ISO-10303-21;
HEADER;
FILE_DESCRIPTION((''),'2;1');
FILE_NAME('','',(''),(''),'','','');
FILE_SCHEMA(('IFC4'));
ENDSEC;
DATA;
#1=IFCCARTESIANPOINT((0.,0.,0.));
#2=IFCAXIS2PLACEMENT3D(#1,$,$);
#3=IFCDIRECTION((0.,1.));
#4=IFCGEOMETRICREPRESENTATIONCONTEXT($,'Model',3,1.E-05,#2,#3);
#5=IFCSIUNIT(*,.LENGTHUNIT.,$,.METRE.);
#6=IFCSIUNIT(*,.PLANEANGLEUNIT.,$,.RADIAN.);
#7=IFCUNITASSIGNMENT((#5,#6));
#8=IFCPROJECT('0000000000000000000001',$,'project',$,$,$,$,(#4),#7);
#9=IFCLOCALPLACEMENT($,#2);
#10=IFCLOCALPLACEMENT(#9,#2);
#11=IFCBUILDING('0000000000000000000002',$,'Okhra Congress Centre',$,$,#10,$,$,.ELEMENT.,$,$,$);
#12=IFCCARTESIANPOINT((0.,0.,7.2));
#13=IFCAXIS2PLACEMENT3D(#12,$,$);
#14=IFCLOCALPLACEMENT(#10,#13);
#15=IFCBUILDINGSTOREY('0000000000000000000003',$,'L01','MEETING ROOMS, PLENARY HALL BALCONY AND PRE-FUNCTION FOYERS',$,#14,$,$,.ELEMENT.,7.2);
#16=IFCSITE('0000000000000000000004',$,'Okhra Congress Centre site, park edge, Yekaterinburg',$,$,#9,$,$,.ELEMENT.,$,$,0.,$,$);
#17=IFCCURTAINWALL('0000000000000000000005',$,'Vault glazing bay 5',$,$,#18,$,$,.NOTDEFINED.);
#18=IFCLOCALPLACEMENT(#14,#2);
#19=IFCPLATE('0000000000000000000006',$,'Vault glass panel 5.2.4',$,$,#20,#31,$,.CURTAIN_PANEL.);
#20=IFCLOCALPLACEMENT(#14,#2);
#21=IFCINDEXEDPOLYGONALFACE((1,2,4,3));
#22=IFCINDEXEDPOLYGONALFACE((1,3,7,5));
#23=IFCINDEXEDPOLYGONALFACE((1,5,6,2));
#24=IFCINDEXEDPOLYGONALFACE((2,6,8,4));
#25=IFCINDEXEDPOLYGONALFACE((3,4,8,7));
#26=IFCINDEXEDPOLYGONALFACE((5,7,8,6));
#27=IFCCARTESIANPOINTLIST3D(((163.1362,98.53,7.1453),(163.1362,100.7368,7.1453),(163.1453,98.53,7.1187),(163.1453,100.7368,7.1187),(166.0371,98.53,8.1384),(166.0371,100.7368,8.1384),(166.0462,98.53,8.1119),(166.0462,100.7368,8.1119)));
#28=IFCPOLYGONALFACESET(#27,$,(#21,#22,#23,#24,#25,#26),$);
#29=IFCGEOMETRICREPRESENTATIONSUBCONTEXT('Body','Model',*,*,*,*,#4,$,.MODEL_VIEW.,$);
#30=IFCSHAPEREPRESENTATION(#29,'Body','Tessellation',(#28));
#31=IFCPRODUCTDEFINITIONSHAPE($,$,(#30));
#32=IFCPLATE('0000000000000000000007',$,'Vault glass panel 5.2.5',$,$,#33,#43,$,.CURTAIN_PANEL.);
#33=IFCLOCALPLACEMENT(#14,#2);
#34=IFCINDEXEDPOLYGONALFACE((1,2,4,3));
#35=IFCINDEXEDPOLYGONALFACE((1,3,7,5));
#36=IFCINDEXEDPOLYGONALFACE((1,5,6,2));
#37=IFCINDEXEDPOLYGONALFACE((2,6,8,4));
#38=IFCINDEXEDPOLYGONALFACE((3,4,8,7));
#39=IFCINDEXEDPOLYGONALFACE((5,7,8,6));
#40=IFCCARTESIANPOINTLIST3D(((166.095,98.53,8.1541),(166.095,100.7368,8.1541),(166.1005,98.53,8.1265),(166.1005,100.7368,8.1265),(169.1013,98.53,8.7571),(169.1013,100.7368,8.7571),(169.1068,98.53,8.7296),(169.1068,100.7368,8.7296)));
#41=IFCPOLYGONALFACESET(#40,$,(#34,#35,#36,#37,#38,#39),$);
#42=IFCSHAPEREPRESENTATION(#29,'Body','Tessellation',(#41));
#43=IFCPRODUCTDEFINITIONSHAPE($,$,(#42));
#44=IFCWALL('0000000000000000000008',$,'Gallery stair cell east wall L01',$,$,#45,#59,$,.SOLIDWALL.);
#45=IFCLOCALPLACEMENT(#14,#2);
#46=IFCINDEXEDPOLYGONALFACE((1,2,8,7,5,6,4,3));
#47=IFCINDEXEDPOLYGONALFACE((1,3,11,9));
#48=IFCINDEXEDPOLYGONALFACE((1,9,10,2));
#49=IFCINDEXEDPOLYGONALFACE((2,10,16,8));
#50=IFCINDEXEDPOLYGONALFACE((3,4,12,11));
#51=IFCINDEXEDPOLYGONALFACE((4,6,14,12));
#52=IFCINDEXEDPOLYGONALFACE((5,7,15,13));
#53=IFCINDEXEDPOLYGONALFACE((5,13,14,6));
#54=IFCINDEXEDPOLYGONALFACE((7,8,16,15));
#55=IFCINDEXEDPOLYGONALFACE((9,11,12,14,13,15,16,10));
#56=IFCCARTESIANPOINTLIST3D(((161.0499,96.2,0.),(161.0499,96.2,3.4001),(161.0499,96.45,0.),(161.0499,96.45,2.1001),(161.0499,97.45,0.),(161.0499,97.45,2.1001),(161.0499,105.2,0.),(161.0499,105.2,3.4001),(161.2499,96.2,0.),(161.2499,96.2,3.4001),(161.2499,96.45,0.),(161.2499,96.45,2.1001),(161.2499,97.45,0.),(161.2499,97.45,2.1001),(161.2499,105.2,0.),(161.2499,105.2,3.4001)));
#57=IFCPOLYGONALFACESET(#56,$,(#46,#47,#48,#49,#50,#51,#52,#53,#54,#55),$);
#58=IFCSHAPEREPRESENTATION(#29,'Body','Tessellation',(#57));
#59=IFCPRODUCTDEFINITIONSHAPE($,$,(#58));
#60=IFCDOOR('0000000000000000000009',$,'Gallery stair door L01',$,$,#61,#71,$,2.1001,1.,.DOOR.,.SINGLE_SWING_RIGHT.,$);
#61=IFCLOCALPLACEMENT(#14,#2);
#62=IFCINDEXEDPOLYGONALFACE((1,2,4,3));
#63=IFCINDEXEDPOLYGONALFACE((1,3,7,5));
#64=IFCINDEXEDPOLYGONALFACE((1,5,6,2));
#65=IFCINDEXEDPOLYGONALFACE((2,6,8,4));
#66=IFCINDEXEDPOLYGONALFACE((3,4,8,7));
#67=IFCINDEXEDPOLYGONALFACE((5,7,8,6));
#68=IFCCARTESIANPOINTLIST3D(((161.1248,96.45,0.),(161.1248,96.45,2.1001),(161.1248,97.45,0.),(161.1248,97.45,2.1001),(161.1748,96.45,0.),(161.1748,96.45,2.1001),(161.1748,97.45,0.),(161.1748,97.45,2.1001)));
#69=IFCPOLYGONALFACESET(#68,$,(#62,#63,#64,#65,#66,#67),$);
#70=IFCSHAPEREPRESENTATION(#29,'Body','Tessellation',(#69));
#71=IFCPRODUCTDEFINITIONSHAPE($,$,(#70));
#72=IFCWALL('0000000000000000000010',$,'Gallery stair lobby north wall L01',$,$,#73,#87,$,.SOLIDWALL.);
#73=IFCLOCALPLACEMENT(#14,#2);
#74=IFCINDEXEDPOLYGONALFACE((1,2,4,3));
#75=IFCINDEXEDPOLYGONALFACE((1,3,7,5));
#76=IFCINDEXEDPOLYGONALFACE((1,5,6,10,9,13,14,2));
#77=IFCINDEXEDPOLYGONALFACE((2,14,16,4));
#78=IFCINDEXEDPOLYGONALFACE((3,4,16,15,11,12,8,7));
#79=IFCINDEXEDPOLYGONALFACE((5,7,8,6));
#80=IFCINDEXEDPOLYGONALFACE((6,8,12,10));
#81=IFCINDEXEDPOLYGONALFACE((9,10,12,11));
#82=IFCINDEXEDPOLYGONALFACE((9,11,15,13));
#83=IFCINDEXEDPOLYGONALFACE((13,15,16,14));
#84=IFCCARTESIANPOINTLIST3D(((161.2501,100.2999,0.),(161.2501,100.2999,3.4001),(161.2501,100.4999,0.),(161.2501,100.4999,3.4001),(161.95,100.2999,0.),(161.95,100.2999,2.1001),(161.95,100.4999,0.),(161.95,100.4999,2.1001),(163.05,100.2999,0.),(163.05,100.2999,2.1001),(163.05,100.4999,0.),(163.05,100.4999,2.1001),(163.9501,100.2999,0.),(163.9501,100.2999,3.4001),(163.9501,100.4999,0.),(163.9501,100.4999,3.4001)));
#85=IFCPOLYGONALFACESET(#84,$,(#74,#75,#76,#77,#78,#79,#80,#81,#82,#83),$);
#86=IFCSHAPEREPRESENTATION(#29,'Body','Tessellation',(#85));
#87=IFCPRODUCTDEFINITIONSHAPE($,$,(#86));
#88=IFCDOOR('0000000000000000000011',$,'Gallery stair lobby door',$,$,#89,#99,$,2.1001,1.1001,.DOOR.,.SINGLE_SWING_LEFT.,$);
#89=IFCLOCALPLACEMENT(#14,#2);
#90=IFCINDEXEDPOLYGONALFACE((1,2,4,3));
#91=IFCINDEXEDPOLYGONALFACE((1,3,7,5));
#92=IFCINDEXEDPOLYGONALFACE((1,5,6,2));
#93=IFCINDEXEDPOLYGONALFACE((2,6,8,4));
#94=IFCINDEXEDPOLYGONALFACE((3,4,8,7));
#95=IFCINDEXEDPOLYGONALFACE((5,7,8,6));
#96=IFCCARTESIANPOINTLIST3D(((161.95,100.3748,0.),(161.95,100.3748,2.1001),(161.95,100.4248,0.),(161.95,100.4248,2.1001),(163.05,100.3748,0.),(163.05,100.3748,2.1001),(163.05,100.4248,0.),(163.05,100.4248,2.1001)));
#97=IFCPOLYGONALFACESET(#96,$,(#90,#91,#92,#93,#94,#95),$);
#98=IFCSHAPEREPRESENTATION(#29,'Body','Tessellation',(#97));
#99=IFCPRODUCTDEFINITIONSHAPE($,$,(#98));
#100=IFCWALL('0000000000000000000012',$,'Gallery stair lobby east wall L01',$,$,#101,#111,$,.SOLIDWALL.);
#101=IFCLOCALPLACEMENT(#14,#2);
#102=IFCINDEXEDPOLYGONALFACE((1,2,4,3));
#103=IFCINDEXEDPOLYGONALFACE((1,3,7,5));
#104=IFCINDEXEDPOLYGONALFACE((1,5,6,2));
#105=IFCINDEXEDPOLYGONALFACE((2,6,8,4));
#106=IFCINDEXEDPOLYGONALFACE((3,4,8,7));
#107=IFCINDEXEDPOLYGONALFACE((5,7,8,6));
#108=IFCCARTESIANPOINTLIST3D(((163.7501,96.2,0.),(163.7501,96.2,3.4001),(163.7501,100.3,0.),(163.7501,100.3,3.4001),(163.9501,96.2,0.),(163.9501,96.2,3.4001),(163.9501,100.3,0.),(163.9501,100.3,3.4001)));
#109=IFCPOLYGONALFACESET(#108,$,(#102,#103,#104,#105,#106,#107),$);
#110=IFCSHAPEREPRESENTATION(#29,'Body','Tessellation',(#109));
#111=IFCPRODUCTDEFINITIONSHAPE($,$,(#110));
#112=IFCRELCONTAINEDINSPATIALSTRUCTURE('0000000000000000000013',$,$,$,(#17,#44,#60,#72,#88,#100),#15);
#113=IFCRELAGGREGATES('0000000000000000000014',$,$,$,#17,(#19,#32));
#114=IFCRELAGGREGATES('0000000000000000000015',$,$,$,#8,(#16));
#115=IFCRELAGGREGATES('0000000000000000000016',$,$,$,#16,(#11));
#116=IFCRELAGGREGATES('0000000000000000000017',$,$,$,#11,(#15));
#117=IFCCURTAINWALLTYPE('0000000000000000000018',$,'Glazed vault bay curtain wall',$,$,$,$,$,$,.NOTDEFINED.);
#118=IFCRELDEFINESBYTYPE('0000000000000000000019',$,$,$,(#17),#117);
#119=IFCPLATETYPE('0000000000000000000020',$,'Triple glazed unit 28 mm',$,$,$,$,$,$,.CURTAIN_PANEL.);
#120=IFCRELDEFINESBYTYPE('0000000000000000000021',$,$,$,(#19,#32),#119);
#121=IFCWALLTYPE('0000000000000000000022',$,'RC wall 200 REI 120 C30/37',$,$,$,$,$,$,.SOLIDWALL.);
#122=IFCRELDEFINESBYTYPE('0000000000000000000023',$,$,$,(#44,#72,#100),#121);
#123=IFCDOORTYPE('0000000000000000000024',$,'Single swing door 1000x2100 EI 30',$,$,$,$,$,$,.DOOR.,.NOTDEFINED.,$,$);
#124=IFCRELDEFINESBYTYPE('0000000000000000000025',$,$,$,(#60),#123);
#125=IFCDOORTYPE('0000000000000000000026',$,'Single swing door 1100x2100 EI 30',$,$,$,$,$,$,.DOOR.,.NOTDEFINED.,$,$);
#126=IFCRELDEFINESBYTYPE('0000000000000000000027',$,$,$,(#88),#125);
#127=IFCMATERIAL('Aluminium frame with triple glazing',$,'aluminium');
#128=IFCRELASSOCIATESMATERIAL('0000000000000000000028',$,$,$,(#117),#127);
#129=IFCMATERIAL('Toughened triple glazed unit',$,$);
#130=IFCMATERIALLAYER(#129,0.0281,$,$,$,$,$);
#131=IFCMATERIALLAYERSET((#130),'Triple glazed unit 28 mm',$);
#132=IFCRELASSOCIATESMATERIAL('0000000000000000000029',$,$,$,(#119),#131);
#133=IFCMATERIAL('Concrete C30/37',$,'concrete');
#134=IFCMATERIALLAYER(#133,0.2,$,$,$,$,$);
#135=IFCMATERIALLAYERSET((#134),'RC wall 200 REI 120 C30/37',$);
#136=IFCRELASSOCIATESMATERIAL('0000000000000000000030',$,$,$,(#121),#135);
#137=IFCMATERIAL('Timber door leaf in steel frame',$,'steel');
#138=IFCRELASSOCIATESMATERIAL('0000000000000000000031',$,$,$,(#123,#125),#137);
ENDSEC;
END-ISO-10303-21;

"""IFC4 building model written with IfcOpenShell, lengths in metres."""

from ifc_helpers import new_model, si_unit, direction, frame, frame_2d, origin, place, context, subcontext, project, spatial, polyline, rectangle, outline, extrude, material, layer, layer_set, type_object, element, fill, aggregate, save


model = new_model("IFC4")

# Units and contexts
model_context = context("Model", 3, precision=1e-05, world=origin(), true_north=direction((0.0, 1.0)))
body_context = subcontext(model_context, "Body", "Model", "MODEL_VIEW")
ifc_project = project(units=[si_unit("LENGTHUNIT", "METRE"), si_unit("PLANEANGLEUNIT", "RADIAN")], contexts=[model_context])

# Site, building, storey
site_placement = place(None, origin())
site = spatial("IfcSite", under=ifc_project, at=site_placement, Name="Okhra Congress Centre site, park edge, Yekaterinburg", CompositionType="ELEMENT", RefElevation=0.0)
building_placement = place(site_placement, origin())
building = spatial("IfcBuilding", under=site, at=building_placement, Name="Okhra Congress Centre", CompositionType="ELEMENT")
storey_placement = place(building_placement, frame((0.0, 0.0, 7.2)))
storey = spatial("IfcBuildingStorey", under=building, at=storey_placement, Name="L01", Description="MEETING ROOMS, PLENARY HALL BALCONY AND PRE-FUNCTION FOYERS", CompositionType="ELEMENT", Elevation=7.2)

# Curtain wall
ifc_material_1 = material(Name="Aluminium frame with triple glazing", Category="aluminium")
curtain_wall_type = type_object("IfcCurtainWallType", Name="Glazed vault bay curtain wall", PredefinedType="NOTDEFINED", material=ifc_material_1)
curtain_wall_1_placement = place(storey_placement, origin())
curtain_wall_1 = element("IfcCurtainWall", 1, at=curtain_wall_1_placement, inside=storey, type_object=curtain_wall_type, Name="Vault glazing bay 5", PredefinedType="NOTDEFINED")

# Plates
ifc_material_2 = material(Name="Toughened triple glazed unit")
ifc_layer_1 = layer(ifc_material_2, 0.0281)
ifc_layer_set_1 = layer_set([ifc_layer_1], Name="Triple glazed unit 28 mm")
plate_type = type_object("IfcPlateType", Name="Triple glazed unit 28 mm", PredefinedType="CURTAIN_PANEL", material=ifc_layer_set_1)
plate_1_placement = place(storey_placement, frame((163.1362, 98.53, 7.1453), z_axis=(-0.323909, 0.0, 0.946088), x_axis=(0.946088, 0.0, 0.323909)))
plate_1 = element("IfcPlate", 2, at=plate_1_placement, type_object=plate_type, Name="Vault glass panel 5.2.4", PredefinedType="CURTAIN_PANEL", context=body_context, shape_type="SweptSolid", body=[
    extrude(outline(polyline([(0.0, 0.0), (3.0662, 0.0), (3.0662, 2.2068), (0.0, 2.2068), (0.0, 0.0)])), origin(), (0.0, 0.0, -1.0), 0.0281),
])
plate_2_placement = place(storey_placement, frame((166.095, 98.53, 8.1541), z_axis=(-0.196667, 0.0, 0.98047), x_axis=(0.98047, 0.0, 0.196667)))
plate_2 = element("IfcPlate", 3, at=plate_2_placement, type_object=plate_type, Name="Vault glass panel 5.2.5", PredefinedType="CURTAIN_PANEL", context=body_context, shape_type="SweptSolid", body=[
    extrude(outline(polyline([(0.0, 0.0), (3.0662, 0.0), (3.0662, 2.2068), (0.0, 2.2068), (0.0, 0.0)])), origin(), (0.0, 0.0, -1.0), 0.0281),
])
aggregate(curtain_wall_1, [plate_1, plate_2])

# Walls, openings, doors
ifc_material_3 = material(Name="Concrete C30/37", Category="concrete")
ifc_layer_2 = layer(ifc_material_3, 0.2)
ifc_layer_set_2 = layer_set([ifc_layer_2], Name="RC wall 200 REI 120 C30/37")
wall_type = type_object("IfcWallType", Name="RC wall 200 REI 120 C30/37", PredefinedType="SOLIDWALL", material=ifc_layer_set_2)
wall_1_placement = place(storey_placement, frame((161.1499, 96.2, 0.0), z_axis=(0.0, 0.0, 1.0), x_axis=(0.0, 1.0, 0.0)))
wall_1 = element("IfcWall", 4, at=wall_1_placement, inside=storey, type_object=wall_type, Name="Gallery stair cell east wall L01", PredefinedType="SOLIDWALL", context=body_context, shape_type="SweptSolid", body=[
    extrude(rectangle(XDim=9.0, YDim=0.2, at=frame_2d((4.5, 0.0))), origin(), (0.0, 0.0, 1.0), 3.4001),
])
opening_1_placement = place(wall_1_placement, frame((0.25, 0.0, 0.0)))
opening_1 = element("IfcOpeningElement", 5, at=opening_1_placement, cuts=wall_1, PredefinedType="OPENING", context=body_context, shape_type="SweptSolid", body=[
    extrude(rectangle(XDim=1.0, YDim=2.1001, at=frame_2d((0.5, 1.05))), frame((0.0, 0.1099, 0.0), z_axis=(0.0, -1.0, 0.0), x_axis=(1.0, 0.0, 0.0)), (0.0, 0.0, 1.0), 0.22),
])
ifc_material_4 = material(Name="Timber door leaf in steel frame", Category="steel")
door_type_1 = type_object("IfcDoorType", Name="Single swing door 1000x2100 EI 30", OperationType="NOTDEFINED", PredefinedType="DOOR", material=ifc_material_4)
door_1_placement = place(opening_1_placement, frame((1.0, 0.0, 0.0), z_axis=(0.0, 0.0, 1.0), x_axis=(-1.0, 0.0, 0.0)))
door_1 = element("IfcDoor", 6, at=door_1_placement, inside=storey, type_object=door_type_1, Name="Gallery stair door L01", OperationType="SINGLE_SWING_RIGHT", OverallHeight=2.1001, OverallWidth=1.0, PredefinedType="DOOR", context=body_context, shape_type="SweptSolid", body=[
    extrude(rectangle(XDim=1.0, YDim=2.1001, at=frame_2d((0.5, 1.05))), frame((0.0, 0.0249, 0.0), z_axis=(0.0, -1.0, 0.0), x_axis=(1.0, 0.0, 0.0)), (0.0, 0.0, 1.0), 0.05),
])
fill(opening_1, door_1)
wall_2_placement = place(storey_placement, frame((161.25, 100.3999, 0.0), z_axis=(0.0, 0.0, 1.0), x_axis=(1.0, 0.0, 0.0)))
wall_2 = element("IfcWall", 7, at=wall_2_placement, inside=storey, type_object=wall_type, Name="Gallery stair lobby north wall L01", PredefinedType="SOLIDWALL", context=body_context, shape_type="SweptSolid", body=[
    extrude(rectangle(XDim=2.7, YDim=0.2, at=frame_2d((1.3501, 0.0))), origin(), (0.0, 0.0, 1.0), 3.4001),
])
opening_2_placement = place(wall_2_placement, frame((0.7, 0.0, 0.0)))
opening_2 = element("IfcOpeningElement", 8, at=opening_2_placement, cuts=wall_2, PredefinedType="OPENING", context=body_context, shape_type="SweptSolid", body=[
    extrude(rectangle(XDim=1.1001, YDim=2.1001, at=frame_2d((0.55, 1.05))), frame((0.0, 0.1099, 0.0), z_axis=(0.0, -1.0, 0.0), x_axis=(1.0, 0.0, 0.0)), (0.0, 0.0, 1.0), 0.22),
])
door_type_2 = type_object("IfcDoorType", Name="Single swing door 1100x2100 EI 30", OperationType="NOTDEFINED", PredefinedType="DOOR", material=ifc_material_4)
door_2_placement = place(opening_2_placement, origin())
door_2 = element("IfcDoor", 9, at=door_2_placement, inside=storey, type_object=door_type_2, Name="Gallery stair lobby door", OperationType="SINGLE_SWING_LEFT", OverallHeight=2.1001, OverallWidth=1.1001, PredefinedType="DOOR", context=body_context, shape_type="SweptSolid", body=[
    extrude(rectangle(XDim=1.1001, YDim=2.1001, at=frame_2d((0.55, 1.05))), frame((0.0, 0.0249, 0.0), z_axis=(0.0, -1.0, 0.0), x_axis=(1.0, 0.0, 0.0)), (0.0, 0.0, 1.0), 0.05),
])
fill(opening_2, door_2)

# Wall
wall_3_placement = place(storey_placement, frame((163.8501, 96.2, 0.0), z_axis=(0.0, 0.0, 1.0), x_axis=(0.0, 1.0, 0.0)))
element("IfcWall", 10, at=wall_3_placement, inside=storey, type_object=wall_type, Name="Gallery stair lobby east wall L01", PredefinedType="SOLIDWALL", context=body_context, shape_type="SweptSolid", body=[
    extrude(rectangle(XDim=4.1001, YDim=0.2, at=frame_2d((2.05, 0.0))), origin(), (0.0, 0.0, 1.0), 3.4001),
])

save(model, "model.ifc")
